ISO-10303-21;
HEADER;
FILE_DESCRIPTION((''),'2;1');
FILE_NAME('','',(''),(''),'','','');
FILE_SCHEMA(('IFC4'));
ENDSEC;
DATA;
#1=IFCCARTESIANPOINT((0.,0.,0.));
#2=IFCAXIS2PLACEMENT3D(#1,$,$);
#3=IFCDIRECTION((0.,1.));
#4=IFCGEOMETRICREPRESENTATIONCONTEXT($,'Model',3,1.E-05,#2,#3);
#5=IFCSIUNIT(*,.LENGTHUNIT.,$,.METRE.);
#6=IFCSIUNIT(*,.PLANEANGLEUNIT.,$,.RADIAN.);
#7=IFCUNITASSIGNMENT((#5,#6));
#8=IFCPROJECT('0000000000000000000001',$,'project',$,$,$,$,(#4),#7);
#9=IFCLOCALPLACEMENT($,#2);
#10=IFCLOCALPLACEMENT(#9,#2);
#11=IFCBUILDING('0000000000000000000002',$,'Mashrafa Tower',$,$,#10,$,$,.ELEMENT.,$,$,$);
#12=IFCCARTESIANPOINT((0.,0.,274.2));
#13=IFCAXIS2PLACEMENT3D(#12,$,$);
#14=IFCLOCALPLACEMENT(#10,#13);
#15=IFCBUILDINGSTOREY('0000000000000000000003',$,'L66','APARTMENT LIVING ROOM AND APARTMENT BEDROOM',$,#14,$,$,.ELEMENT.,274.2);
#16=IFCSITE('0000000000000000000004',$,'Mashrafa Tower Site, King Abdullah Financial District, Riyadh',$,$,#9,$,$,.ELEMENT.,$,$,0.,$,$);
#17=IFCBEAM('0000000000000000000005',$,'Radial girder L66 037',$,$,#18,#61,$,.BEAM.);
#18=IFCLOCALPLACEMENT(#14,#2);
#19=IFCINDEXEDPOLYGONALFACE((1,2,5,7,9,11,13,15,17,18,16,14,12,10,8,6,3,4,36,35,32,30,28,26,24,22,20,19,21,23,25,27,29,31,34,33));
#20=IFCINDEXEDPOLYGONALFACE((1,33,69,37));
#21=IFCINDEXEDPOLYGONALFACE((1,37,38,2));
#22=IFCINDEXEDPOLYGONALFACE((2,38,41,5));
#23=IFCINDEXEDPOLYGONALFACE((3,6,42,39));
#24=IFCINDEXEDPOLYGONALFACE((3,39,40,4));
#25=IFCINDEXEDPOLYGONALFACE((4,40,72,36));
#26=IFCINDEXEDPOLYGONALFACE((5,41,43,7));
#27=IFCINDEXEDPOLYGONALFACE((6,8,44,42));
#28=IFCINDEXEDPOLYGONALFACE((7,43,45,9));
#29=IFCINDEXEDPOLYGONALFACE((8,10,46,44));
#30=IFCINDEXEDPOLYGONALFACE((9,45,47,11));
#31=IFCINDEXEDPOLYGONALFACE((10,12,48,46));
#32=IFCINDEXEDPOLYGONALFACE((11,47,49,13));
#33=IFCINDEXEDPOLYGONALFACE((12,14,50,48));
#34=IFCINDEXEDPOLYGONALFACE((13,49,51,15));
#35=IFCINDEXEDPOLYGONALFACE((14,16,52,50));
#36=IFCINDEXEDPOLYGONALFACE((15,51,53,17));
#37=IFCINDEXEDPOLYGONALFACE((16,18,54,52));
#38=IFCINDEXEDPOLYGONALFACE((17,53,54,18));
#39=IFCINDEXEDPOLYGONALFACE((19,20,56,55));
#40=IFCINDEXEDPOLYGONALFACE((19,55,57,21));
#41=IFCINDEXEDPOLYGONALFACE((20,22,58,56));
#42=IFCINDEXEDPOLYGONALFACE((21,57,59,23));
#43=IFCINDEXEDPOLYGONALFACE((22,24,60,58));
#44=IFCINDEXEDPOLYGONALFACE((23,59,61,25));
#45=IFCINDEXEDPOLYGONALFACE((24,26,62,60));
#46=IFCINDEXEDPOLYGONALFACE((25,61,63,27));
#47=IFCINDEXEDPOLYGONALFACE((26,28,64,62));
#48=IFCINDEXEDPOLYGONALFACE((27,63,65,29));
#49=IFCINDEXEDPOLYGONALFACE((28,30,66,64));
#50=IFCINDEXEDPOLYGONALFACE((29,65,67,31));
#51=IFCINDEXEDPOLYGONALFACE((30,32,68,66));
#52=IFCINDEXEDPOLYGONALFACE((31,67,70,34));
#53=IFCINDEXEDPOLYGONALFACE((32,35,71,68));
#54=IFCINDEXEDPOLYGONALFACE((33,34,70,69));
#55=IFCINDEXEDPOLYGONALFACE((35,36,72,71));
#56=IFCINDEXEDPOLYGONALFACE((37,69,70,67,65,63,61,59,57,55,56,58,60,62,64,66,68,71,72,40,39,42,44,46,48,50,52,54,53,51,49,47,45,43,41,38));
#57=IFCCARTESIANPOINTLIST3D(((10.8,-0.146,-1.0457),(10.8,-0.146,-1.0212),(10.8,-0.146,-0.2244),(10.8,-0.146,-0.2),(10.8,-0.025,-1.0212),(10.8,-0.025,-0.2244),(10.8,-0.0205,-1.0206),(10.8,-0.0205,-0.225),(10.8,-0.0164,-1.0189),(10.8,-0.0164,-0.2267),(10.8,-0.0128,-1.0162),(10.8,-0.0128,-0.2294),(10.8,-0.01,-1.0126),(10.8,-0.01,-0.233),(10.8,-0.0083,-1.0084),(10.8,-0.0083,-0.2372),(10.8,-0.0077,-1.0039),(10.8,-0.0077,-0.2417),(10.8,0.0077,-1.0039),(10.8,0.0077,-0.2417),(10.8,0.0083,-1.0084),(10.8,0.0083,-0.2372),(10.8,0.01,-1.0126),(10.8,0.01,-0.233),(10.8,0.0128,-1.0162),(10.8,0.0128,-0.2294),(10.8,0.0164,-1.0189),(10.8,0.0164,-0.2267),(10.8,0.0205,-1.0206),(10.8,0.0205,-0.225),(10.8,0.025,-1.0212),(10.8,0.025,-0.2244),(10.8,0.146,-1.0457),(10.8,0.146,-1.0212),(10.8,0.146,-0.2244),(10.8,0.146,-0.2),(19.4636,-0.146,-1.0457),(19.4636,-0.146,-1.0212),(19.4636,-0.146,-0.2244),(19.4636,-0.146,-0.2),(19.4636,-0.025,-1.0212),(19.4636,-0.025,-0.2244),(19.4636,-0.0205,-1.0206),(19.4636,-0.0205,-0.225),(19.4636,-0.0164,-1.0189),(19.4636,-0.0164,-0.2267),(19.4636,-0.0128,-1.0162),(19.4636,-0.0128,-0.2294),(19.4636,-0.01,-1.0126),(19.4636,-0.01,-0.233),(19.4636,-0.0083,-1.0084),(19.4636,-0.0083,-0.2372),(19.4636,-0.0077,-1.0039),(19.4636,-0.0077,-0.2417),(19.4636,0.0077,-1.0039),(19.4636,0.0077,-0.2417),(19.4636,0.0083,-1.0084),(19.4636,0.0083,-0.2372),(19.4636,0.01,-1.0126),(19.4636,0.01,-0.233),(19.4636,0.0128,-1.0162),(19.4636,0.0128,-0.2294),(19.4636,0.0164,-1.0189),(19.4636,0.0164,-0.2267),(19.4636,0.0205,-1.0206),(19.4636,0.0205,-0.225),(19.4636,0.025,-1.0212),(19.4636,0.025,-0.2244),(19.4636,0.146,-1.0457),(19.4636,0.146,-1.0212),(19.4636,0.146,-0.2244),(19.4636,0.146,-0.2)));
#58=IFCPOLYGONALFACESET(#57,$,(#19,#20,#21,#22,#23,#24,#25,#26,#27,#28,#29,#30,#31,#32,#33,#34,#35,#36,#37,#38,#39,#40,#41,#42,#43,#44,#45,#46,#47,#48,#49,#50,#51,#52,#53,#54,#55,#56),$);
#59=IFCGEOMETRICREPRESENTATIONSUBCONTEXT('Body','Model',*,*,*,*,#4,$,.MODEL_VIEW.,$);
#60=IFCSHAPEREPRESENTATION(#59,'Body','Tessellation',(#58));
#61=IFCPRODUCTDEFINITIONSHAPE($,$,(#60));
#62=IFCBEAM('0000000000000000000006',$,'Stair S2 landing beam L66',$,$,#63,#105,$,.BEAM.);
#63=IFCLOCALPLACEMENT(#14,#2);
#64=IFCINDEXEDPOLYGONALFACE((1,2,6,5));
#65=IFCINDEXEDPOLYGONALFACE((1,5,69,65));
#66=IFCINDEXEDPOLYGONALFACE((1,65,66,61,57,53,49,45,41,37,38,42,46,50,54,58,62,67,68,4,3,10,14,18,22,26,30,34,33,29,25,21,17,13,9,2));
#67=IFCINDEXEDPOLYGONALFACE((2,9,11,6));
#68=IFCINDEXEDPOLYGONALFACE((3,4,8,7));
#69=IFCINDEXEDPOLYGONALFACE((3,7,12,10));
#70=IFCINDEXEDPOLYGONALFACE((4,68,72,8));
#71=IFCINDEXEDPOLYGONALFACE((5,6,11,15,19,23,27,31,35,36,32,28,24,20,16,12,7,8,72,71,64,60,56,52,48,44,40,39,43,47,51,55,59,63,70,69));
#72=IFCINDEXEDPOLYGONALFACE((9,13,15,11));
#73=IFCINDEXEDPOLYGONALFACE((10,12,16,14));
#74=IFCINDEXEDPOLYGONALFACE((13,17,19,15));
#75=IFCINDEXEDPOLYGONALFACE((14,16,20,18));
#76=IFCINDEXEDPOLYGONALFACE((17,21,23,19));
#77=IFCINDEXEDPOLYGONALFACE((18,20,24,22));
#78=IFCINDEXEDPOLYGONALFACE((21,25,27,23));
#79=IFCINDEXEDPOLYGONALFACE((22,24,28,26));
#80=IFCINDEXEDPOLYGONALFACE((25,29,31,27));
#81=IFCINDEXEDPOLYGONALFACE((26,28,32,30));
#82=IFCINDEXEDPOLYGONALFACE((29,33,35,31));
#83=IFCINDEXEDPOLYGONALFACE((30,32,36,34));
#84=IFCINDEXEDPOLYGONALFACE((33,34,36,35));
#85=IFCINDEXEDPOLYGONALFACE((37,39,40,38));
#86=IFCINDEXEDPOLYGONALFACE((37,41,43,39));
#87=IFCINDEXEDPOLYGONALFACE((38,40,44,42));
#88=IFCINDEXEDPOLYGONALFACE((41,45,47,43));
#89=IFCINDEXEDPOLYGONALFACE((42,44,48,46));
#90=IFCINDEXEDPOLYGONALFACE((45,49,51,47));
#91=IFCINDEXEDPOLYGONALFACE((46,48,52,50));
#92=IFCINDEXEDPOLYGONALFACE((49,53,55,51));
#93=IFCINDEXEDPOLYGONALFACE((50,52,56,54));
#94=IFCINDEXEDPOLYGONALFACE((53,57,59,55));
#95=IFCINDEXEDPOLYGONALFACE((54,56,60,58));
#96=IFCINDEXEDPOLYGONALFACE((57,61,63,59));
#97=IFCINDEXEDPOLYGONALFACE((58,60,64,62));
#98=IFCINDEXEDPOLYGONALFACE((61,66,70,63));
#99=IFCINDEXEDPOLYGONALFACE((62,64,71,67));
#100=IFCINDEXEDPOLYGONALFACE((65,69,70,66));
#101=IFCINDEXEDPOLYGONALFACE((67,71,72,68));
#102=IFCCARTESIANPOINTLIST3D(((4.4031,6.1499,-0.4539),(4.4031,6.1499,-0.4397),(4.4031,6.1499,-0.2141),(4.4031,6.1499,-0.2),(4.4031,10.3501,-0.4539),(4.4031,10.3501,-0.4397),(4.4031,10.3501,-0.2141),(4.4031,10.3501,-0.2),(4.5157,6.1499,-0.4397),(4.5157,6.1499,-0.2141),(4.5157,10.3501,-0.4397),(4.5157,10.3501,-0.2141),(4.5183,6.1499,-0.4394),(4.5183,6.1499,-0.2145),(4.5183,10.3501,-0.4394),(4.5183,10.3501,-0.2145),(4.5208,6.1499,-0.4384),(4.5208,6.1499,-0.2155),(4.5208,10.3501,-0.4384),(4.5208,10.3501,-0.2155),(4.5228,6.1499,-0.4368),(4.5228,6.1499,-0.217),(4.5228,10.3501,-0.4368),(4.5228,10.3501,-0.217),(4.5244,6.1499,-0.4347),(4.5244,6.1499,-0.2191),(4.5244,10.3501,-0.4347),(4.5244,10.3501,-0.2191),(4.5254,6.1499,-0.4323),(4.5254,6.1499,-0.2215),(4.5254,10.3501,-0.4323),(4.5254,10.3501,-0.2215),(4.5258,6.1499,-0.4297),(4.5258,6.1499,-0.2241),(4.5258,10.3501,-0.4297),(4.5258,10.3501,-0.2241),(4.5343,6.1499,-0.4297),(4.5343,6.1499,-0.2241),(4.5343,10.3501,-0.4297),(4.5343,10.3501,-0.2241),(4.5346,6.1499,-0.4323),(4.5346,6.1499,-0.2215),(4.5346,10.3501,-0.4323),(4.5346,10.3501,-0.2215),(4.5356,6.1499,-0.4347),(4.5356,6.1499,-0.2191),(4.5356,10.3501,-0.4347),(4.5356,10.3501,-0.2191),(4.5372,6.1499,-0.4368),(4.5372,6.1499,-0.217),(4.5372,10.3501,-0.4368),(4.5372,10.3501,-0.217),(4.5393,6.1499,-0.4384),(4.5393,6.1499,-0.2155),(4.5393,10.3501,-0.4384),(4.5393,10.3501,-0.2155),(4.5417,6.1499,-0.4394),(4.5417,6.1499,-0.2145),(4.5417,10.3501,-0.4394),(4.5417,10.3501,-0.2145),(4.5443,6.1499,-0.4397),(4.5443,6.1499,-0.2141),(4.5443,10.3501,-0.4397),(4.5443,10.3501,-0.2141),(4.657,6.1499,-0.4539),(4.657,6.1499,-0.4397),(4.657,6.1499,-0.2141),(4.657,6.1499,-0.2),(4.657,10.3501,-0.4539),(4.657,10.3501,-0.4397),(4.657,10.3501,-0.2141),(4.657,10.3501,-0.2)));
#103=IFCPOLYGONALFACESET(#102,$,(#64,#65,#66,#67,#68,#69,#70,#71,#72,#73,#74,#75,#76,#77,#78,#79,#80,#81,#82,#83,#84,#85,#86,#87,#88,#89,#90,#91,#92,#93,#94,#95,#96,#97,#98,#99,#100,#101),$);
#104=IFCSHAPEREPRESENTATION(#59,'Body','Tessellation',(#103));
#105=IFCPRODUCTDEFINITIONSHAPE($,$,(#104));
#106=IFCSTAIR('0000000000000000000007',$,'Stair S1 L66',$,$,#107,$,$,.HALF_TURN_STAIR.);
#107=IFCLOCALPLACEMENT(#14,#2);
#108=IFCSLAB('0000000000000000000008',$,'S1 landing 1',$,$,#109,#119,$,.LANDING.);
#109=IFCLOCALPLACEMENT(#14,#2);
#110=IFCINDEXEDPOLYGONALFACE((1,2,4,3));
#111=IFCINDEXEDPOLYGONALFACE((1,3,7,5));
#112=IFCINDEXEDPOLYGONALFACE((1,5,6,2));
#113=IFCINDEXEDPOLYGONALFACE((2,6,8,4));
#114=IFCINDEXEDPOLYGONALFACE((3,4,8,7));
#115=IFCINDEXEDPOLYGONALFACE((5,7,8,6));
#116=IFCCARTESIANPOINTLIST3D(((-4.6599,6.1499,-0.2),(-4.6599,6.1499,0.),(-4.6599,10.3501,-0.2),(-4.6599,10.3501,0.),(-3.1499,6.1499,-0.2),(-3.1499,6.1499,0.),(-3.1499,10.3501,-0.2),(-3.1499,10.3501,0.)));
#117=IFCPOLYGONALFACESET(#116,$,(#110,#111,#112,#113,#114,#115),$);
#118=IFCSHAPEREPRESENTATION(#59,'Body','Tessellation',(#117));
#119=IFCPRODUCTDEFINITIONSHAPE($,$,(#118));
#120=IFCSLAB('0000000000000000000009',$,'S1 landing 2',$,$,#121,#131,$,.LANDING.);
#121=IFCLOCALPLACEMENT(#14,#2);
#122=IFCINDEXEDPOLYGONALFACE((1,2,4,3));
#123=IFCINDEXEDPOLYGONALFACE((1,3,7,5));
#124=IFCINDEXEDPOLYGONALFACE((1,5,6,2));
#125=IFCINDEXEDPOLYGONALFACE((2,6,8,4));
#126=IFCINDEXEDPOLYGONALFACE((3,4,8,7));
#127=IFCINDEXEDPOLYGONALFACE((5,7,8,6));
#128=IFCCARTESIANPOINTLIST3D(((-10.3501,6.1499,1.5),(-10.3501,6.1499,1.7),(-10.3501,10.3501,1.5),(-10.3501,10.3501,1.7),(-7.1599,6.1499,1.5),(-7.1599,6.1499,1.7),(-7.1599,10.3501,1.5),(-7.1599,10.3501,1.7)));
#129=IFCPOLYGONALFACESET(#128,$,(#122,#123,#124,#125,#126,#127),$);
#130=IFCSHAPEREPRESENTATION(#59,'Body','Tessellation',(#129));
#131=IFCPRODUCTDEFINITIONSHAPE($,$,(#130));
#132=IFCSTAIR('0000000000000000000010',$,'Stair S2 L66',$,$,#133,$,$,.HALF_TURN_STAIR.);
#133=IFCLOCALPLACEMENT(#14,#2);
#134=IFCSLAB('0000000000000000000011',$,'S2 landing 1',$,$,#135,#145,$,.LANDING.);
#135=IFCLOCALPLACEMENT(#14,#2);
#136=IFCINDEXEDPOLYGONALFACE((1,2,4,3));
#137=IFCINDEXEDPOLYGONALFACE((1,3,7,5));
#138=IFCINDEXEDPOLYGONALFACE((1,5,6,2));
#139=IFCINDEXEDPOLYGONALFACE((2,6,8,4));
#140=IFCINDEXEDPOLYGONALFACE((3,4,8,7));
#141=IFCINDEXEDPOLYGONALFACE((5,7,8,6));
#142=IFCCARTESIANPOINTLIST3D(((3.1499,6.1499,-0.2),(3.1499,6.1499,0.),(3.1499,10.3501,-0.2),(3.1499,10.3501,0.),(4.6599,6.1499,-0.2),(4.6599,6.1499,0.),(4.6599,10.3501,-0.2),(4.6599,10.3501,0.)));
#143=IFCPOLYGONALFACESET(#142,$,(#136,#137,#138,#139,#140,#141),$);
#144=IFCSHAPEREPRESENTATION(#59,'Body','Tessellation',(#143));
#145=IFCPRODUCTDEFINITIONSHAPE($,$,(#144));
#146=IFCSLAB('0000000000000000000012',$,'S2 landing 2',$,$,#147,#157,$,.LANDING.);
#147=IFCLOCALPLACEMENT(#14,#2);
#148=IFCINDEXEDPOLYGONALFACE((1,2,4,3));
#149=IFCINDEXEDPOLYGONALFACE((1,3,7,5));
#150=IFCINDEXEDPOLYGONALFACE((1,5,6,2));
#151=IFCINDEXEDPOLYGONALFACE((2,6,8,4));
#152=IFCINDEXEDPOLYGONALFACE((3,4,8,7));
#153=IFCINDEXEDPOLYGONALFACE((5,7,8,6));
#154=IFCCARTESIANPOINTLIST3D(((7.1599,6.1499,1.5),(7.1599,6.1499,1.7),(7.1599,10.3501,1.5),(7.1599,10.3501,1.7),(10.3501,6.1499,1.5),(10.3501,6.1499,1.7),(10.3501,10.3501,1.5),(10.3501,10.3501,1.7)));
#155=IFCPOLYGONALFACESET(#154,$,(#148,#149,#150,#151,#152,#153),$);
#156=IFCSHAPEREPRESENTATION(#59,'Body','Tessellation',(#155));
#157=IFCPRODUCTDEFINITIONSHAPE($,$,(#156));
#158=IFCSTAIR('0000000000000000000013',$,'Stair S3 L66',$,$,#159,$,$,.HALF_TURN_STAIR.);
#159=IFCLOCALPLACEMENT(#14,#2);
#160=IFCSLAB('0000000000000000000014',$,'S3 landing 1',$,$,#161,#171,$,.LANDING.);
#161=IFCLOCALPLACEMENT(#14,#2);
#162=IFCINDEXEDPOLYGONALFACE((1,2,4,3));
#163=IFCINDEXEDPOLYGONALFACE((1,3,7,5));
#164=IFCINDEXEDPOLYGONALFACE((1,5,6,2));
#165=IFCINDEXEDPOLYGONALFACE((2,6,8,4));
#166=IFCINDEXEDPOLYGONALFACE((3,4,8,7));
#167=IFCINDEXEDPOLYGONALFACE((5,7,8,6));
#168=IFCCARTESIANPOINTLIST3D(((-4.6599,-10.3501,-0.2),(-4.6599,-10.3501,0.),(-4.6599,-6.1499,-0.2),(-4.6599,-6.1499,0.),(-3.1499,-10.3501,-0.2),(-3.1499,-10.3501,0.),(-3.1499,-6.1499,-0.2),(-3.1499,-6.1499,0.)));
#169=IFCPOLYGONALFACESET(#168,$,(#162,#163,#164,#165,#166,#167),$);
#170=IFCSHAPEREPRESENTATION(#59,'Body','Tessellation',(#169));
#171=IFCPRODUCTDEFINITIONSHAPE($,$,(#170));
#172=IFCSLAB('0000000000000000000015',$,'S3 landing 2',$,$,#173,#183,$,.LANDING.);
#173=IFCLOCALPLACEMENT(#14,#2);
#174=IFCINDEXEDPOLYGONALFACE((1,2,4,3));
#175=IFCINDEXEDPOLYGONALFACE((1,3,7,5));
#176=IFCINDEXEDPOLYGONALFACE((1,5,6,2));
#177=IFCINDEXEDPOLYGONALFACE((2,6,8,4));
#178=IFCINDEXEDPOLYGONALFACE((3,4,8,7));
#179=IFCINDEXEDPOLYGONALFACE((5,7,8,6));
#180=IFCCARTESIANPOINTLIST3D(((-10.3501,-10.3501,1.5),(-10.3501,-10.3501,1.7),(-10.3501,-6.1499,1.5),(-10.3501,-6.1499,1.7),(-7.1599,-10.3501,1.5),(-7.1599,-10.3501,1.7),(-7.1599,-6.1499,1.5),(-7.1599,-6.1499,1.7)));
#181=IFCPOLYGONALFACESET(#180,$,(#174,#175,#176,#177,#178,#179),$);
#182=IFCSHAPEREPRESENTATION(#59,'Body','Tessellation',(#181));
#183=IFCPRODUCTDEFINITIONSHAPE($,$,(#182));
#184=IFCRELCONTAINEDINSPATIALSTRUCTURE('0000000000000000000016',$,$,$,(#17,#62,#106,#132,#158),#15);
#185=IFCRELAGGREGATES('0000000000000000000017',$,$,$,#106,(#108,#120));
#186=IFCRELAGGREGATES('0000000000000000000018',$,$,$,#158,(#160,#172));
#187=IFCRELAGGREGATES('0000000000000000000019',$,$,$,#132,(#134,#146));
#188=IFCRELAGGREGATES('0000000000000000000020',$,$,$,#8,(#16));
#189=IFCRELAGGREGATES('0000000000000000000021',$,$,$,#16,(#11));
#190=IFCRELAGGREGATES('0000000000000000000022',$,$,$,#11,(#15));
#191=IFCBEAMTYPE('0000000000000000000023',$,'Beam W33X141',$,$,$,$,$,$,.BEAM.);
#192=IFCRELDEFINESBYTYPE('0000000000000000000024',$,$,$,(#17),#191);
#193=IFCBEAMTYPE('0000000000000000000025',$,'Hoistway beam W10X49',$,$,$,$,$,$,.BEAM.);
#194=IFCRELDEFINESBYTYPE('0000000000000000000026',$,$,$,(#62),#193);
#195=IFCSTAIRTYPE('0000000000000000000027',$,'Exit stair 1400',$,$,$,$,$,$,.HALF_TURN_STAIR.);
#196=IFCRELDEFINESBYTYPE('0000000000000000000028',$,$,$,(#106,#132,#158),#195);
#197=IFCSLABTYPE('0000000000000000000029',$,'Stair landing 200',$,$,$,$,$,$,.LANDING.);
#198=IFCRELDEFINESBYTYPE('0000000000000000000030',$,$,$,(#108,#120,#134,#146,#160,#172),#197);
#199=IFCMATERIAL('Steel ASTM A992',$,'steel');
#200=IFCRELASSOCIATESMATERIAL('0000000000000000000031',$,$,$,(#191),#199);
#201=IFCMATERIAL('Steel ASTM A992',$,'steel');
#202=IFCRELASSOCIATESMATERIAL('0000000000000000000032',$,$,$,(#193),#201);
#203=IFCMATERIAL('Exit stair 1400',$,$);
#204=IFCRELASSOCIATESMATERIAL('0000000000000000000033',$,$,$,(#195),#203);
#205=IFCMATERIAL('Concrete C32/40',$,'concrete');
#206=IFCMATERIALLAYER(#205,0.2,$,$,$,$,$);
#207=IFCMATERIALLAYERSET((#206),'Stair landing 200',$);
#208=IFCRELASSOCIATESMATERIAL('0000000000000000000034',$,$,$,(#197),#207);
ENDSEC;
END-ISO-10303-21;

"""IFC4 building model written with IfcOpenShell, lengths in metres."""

from ifc_helpers import new_model, si_unit, direction, frame, origin, origin_2d, place, context, subcontext, project, spatial, polyline, i_section, outline, extrude, material, layer, layer_set, material_profile, profile_set, type_object, element, aggregate, save


model = new_model("IFC4")

# Units and contexts
model_context = context("Model", 3, precision=1e-05, world=origin(), true_north=direction((0.0, 1.0)))
body_context = subcontext(model_context, "Body", "Model", "MODEL_VIEW")
ifc_project = project(units=[si_unit("LENGTHUNIT", "METRE"), si_unit("PLANEANGLEUNIT", "RADIAN")], contexts=[model_context])

# Site, building, storey
site_placement = place(None, origin())
site = spatial("IfcSite", under=ifc_project, at=site_placement, Name="Mashrafa Tower Site, King Abdullah Financial District, Riyadh", CompositionType="ELEMENT", RefElevation=0.0)
building_placement = place(site_placement, origin())
building = spatial("IfcBuilding", under=site, at=building_placement, Name="Mashrafa Tower", CompositionType="ELEMENT")
storey_placement = place(building_placement, frame((0.0, 0.0, 274.2)))
storey = spatial("IfcBuildingStorey", under=building, at=storey_placement, Name="L66", Description="APARTMENT LIVING ROOM AND APARTMENT BEDROOM", CompositionType="ELEMENT", Elevation=274.2)

# Beams
ifc_material_1 = material(Name="Steel ASTM A992", Category="steel")
ifc_material_profile_1 = material_profile(ifc_material_1, i_section(OverallWidth=0.292, OverallDepth=0.8457, WebThickness=0.0154, FlangeThickness=0.0244, FilletRadius=0.0173, at=origin_2d()), Name="W33X141")
ifc_profile_set_1 = profile_set([ifc_material_profile_1], Name="Steel ASTM A992")
beam_type_1 = type_object("IfcBeamType", Name="Beam W33X141", PredefinedType="BEAM", material=ifc_profile_set_1)
for number, where, z_axis, x_axis, name in (
    (1, (10.8, 0.0, -0.6228), (1.0, 0.0, 0.0), (0.0, 1.0, 0.0), "Radial girder L66 037"),
):
    element("IfcBeam", number, at=place(storey_placement, frame(where, z_axis=z_axis, x_axis=x_axis)), inside=storey, type_object=beam_type_1, Name=name, PredefinedType="BEAM", context=body_context, shape_type="SweptSolid", body=[
        extrude(i_section(OverallWidth=0.292, OverallDepth=0.8457, WebThickness=0.0154, FlangeThickness=0.0244, FilletRadius=0.0173, at=origin_2d()), origin(), (0.0, 0.0, 1.0), 8.6636),
    ])
ifc_material_2 = material(Name="Steel ASTM A992", Category="steel")
ifc_material_profile_2 = material_profile(ifc_material_2, i_section(OverallWidth=0.2539, OverallDepth=0.2539, WebThickness=0.0085, FlangeThickness=0.0142, FilletRadius=0.01, at=origin_2d()), Name="W10X49")
ifc_profile_set_2 = profile_set([ifc_material_profile_2], Name="Steel ASTM A992")
beam_type_2 = type_object("IfcBeamType", Name="Hoistway beam W10X49", PredefinedType="BEAM", material=ifc_profile_set_2)
beam_1_placement = place(storey_placement, frame((4.53, 6.1499, -0.3269), z_axis=(0.0, 1.0, 0.0), x_axis=(-1.0, 0.0, 0.0)))
element("IfcBeam", 2, at=beam_1_placement, inside=storey, type_object=beam_type_2, Name="Stair S2 landing beam L66", PredefinedType="BEAM", context=body_context, shape_type="SweptSolid", body=[
    extrude(i_section(OverallWidth=0.2539, OverallDepth=0.2539, WebThickness=0.0085, FlangeThickness=0.0142, FilletRadius=0.01, at=origin_2d()), origin(), (0.0, 0.0, 1.0), 4.2002),
])

# Stairs, slabs
ifc_material_3 = material(Name="Exit stair 1400")
stair_type = type_object("IfcStairType", Name="Exit stair 1400", PredefinedType="HALF_TURN_STAIR", material=ifc_material_3)
stair_1_placement = place(storey_placement, origin())
stair_1 = element("IfcStair", 3, at=stair_1_placement, inside=storey, type_object=stair_type, Name="Stair S1 L66", PredefinedType="HALF_TURN_STAIR")
ifc_material_4 = material(Name="Concrete C32/40", Category="concrete")
ifc_layer_1 = layer(ifc_material_4, 0.2)
ifc_layer_set_1 = layer_set([ifc_layer_1], Name="Stair landing 200")
slab_type = type_object("IfcSlabType", Name="Stair landing 200", PredefinedType="LANDING", material=ifc_layer_set_1)
slab_1_placement = place(storey_placement, frame((0.0, 0.0, -0.2)))
slab_1 = element("IfcSlab", 4, at=slab_1_placement, type_object=slab_type, Name="S1 landing 1", PredefinedType="LANDING", context=body_context, shape_type="SweptSolid", body=[
    extrude(outline(polyline([(-4.6599, 6.1499), (-3.1499, 6.1499), (-3.1499, 10.3501), (-4.6599, 10.3501), (-4.6599, 6.1499)])), origin(), (0.0, 0.0, 1.0), 0.2),
])
slab_2_placement = place(storey_placement, frame((0.0, 0.0, 1.5)))
slab_2 = element("IfcSlab", 5, at=slab_2_placement, type_object=slab_type, Name="S1 landing 2", PredefinedType="LANDING", context=body_context, shape_type="SweptSolid", body=[
    extrude(outline(polyline([(-10.3501, 6.1499), (-7.1599, 6.1499), (-7.1599, 10.3501), (-10.3501, 10.3501), (-10.3501, 6.1499)])), origin(), (0.0, 0.0, 1.0), 0.2),
])
aggregate(stair_1, [slab_1, slab_2])
stair_2_placement = place(storey_placement, origin())
stair_2 = element("IfcStair", 6, at=stair_2_placement, inside=storey, type_object=stair_type, Name="Stair S2 L66", PredefinedType="HALF_TURN_STAIR")
slab_3_placement = place(storey_placement, frame((0.0, 0.0, -0.2)))
slab_3 = element("IfcSlab", 7, at=slab_3_placement, type_object=slab_type, Name="S2 landing 1", PredefinedType="LANDING", context=body_context, shape_type="SweptSolid", body=[
    extrude(outline(polyline([(3.1499, 6.1499), (4.6599, 6.1499), (4.6599, 10.3501), (3.1499, 10.3501), (3.1499, 6.1499)])), origin(), (0.0, 0.0, 1.0), 0.2),
])
slab_4_placement = place(storey_placement, frame((0.0, 0.0, 1.5)))
slab_4 = element("IfcSlab", 8, at=slab_4_placement, type_object=slab_type, Name="S2 landing 2", PredefinedType="LANDING", context=body_context, shape_type="SweptSolid", body=[
    extrude(outline(polyline([(7.1599, 6.1499), (10.3501, 6.1499), (10.3501, 10.3501), (7.1599, 10.3501), (7.1599, 6.1499)])), origin(), (0.0, 0.0, 1.0), 0.2),
])
stair_3_placement = place(storey_placement, origin())
stair_3 = element("IfcStair", 9, at=stair_3_placement, inside=storey, type_object=stair_type, Name="Stair S3 L66", PredefinedType="HALF_TURN_STAIR")
slab_5_placement = place(storey_placement, frame((0.0, 0.0, -0.2)))
slab_5 = element("IfcSlab", 10, at=slab_5_placement, type_object=slab_type, Name="S3 landing 1", PredefinedType="LANDING", context=body_context, shape_type="SweptSolid", body=[
    extrude(outline(polyline([(-4.6599, -10.3501), (-3.1499, -10.3501), (-3.1499, -6.1499), (-4.6599, -6.1499), (-4.6599, -10.3501)])), origin(), (0.0, 0.0, 1.0), 0.2),
])
slab_6_placement = place(storey_placement, frame((0.0, 0.0, 1.5)))
slab_6 = element("IfcSlab", 11, at=slab_6_placement, type_object=slab_type, Name="S3 landing 2", PredefinedType="LANDING", context=body_context, shape_type="SweptSolid", body=[
    extrude(outline(polyline([(-10.3501, -10.3501), (-7.1599, -10.3501), (-7.1599, -6.1499), (-10.3501, -6.1499), (-10.3501, -10.3501)])), origin(), (0.0, 0.0, 1.0), 0.2),
])
aggregate(stair_3, [slab_5, slab_6])

aggregate(stair_2, [slab_3, slab_4])

save(model, "model.ifc")
